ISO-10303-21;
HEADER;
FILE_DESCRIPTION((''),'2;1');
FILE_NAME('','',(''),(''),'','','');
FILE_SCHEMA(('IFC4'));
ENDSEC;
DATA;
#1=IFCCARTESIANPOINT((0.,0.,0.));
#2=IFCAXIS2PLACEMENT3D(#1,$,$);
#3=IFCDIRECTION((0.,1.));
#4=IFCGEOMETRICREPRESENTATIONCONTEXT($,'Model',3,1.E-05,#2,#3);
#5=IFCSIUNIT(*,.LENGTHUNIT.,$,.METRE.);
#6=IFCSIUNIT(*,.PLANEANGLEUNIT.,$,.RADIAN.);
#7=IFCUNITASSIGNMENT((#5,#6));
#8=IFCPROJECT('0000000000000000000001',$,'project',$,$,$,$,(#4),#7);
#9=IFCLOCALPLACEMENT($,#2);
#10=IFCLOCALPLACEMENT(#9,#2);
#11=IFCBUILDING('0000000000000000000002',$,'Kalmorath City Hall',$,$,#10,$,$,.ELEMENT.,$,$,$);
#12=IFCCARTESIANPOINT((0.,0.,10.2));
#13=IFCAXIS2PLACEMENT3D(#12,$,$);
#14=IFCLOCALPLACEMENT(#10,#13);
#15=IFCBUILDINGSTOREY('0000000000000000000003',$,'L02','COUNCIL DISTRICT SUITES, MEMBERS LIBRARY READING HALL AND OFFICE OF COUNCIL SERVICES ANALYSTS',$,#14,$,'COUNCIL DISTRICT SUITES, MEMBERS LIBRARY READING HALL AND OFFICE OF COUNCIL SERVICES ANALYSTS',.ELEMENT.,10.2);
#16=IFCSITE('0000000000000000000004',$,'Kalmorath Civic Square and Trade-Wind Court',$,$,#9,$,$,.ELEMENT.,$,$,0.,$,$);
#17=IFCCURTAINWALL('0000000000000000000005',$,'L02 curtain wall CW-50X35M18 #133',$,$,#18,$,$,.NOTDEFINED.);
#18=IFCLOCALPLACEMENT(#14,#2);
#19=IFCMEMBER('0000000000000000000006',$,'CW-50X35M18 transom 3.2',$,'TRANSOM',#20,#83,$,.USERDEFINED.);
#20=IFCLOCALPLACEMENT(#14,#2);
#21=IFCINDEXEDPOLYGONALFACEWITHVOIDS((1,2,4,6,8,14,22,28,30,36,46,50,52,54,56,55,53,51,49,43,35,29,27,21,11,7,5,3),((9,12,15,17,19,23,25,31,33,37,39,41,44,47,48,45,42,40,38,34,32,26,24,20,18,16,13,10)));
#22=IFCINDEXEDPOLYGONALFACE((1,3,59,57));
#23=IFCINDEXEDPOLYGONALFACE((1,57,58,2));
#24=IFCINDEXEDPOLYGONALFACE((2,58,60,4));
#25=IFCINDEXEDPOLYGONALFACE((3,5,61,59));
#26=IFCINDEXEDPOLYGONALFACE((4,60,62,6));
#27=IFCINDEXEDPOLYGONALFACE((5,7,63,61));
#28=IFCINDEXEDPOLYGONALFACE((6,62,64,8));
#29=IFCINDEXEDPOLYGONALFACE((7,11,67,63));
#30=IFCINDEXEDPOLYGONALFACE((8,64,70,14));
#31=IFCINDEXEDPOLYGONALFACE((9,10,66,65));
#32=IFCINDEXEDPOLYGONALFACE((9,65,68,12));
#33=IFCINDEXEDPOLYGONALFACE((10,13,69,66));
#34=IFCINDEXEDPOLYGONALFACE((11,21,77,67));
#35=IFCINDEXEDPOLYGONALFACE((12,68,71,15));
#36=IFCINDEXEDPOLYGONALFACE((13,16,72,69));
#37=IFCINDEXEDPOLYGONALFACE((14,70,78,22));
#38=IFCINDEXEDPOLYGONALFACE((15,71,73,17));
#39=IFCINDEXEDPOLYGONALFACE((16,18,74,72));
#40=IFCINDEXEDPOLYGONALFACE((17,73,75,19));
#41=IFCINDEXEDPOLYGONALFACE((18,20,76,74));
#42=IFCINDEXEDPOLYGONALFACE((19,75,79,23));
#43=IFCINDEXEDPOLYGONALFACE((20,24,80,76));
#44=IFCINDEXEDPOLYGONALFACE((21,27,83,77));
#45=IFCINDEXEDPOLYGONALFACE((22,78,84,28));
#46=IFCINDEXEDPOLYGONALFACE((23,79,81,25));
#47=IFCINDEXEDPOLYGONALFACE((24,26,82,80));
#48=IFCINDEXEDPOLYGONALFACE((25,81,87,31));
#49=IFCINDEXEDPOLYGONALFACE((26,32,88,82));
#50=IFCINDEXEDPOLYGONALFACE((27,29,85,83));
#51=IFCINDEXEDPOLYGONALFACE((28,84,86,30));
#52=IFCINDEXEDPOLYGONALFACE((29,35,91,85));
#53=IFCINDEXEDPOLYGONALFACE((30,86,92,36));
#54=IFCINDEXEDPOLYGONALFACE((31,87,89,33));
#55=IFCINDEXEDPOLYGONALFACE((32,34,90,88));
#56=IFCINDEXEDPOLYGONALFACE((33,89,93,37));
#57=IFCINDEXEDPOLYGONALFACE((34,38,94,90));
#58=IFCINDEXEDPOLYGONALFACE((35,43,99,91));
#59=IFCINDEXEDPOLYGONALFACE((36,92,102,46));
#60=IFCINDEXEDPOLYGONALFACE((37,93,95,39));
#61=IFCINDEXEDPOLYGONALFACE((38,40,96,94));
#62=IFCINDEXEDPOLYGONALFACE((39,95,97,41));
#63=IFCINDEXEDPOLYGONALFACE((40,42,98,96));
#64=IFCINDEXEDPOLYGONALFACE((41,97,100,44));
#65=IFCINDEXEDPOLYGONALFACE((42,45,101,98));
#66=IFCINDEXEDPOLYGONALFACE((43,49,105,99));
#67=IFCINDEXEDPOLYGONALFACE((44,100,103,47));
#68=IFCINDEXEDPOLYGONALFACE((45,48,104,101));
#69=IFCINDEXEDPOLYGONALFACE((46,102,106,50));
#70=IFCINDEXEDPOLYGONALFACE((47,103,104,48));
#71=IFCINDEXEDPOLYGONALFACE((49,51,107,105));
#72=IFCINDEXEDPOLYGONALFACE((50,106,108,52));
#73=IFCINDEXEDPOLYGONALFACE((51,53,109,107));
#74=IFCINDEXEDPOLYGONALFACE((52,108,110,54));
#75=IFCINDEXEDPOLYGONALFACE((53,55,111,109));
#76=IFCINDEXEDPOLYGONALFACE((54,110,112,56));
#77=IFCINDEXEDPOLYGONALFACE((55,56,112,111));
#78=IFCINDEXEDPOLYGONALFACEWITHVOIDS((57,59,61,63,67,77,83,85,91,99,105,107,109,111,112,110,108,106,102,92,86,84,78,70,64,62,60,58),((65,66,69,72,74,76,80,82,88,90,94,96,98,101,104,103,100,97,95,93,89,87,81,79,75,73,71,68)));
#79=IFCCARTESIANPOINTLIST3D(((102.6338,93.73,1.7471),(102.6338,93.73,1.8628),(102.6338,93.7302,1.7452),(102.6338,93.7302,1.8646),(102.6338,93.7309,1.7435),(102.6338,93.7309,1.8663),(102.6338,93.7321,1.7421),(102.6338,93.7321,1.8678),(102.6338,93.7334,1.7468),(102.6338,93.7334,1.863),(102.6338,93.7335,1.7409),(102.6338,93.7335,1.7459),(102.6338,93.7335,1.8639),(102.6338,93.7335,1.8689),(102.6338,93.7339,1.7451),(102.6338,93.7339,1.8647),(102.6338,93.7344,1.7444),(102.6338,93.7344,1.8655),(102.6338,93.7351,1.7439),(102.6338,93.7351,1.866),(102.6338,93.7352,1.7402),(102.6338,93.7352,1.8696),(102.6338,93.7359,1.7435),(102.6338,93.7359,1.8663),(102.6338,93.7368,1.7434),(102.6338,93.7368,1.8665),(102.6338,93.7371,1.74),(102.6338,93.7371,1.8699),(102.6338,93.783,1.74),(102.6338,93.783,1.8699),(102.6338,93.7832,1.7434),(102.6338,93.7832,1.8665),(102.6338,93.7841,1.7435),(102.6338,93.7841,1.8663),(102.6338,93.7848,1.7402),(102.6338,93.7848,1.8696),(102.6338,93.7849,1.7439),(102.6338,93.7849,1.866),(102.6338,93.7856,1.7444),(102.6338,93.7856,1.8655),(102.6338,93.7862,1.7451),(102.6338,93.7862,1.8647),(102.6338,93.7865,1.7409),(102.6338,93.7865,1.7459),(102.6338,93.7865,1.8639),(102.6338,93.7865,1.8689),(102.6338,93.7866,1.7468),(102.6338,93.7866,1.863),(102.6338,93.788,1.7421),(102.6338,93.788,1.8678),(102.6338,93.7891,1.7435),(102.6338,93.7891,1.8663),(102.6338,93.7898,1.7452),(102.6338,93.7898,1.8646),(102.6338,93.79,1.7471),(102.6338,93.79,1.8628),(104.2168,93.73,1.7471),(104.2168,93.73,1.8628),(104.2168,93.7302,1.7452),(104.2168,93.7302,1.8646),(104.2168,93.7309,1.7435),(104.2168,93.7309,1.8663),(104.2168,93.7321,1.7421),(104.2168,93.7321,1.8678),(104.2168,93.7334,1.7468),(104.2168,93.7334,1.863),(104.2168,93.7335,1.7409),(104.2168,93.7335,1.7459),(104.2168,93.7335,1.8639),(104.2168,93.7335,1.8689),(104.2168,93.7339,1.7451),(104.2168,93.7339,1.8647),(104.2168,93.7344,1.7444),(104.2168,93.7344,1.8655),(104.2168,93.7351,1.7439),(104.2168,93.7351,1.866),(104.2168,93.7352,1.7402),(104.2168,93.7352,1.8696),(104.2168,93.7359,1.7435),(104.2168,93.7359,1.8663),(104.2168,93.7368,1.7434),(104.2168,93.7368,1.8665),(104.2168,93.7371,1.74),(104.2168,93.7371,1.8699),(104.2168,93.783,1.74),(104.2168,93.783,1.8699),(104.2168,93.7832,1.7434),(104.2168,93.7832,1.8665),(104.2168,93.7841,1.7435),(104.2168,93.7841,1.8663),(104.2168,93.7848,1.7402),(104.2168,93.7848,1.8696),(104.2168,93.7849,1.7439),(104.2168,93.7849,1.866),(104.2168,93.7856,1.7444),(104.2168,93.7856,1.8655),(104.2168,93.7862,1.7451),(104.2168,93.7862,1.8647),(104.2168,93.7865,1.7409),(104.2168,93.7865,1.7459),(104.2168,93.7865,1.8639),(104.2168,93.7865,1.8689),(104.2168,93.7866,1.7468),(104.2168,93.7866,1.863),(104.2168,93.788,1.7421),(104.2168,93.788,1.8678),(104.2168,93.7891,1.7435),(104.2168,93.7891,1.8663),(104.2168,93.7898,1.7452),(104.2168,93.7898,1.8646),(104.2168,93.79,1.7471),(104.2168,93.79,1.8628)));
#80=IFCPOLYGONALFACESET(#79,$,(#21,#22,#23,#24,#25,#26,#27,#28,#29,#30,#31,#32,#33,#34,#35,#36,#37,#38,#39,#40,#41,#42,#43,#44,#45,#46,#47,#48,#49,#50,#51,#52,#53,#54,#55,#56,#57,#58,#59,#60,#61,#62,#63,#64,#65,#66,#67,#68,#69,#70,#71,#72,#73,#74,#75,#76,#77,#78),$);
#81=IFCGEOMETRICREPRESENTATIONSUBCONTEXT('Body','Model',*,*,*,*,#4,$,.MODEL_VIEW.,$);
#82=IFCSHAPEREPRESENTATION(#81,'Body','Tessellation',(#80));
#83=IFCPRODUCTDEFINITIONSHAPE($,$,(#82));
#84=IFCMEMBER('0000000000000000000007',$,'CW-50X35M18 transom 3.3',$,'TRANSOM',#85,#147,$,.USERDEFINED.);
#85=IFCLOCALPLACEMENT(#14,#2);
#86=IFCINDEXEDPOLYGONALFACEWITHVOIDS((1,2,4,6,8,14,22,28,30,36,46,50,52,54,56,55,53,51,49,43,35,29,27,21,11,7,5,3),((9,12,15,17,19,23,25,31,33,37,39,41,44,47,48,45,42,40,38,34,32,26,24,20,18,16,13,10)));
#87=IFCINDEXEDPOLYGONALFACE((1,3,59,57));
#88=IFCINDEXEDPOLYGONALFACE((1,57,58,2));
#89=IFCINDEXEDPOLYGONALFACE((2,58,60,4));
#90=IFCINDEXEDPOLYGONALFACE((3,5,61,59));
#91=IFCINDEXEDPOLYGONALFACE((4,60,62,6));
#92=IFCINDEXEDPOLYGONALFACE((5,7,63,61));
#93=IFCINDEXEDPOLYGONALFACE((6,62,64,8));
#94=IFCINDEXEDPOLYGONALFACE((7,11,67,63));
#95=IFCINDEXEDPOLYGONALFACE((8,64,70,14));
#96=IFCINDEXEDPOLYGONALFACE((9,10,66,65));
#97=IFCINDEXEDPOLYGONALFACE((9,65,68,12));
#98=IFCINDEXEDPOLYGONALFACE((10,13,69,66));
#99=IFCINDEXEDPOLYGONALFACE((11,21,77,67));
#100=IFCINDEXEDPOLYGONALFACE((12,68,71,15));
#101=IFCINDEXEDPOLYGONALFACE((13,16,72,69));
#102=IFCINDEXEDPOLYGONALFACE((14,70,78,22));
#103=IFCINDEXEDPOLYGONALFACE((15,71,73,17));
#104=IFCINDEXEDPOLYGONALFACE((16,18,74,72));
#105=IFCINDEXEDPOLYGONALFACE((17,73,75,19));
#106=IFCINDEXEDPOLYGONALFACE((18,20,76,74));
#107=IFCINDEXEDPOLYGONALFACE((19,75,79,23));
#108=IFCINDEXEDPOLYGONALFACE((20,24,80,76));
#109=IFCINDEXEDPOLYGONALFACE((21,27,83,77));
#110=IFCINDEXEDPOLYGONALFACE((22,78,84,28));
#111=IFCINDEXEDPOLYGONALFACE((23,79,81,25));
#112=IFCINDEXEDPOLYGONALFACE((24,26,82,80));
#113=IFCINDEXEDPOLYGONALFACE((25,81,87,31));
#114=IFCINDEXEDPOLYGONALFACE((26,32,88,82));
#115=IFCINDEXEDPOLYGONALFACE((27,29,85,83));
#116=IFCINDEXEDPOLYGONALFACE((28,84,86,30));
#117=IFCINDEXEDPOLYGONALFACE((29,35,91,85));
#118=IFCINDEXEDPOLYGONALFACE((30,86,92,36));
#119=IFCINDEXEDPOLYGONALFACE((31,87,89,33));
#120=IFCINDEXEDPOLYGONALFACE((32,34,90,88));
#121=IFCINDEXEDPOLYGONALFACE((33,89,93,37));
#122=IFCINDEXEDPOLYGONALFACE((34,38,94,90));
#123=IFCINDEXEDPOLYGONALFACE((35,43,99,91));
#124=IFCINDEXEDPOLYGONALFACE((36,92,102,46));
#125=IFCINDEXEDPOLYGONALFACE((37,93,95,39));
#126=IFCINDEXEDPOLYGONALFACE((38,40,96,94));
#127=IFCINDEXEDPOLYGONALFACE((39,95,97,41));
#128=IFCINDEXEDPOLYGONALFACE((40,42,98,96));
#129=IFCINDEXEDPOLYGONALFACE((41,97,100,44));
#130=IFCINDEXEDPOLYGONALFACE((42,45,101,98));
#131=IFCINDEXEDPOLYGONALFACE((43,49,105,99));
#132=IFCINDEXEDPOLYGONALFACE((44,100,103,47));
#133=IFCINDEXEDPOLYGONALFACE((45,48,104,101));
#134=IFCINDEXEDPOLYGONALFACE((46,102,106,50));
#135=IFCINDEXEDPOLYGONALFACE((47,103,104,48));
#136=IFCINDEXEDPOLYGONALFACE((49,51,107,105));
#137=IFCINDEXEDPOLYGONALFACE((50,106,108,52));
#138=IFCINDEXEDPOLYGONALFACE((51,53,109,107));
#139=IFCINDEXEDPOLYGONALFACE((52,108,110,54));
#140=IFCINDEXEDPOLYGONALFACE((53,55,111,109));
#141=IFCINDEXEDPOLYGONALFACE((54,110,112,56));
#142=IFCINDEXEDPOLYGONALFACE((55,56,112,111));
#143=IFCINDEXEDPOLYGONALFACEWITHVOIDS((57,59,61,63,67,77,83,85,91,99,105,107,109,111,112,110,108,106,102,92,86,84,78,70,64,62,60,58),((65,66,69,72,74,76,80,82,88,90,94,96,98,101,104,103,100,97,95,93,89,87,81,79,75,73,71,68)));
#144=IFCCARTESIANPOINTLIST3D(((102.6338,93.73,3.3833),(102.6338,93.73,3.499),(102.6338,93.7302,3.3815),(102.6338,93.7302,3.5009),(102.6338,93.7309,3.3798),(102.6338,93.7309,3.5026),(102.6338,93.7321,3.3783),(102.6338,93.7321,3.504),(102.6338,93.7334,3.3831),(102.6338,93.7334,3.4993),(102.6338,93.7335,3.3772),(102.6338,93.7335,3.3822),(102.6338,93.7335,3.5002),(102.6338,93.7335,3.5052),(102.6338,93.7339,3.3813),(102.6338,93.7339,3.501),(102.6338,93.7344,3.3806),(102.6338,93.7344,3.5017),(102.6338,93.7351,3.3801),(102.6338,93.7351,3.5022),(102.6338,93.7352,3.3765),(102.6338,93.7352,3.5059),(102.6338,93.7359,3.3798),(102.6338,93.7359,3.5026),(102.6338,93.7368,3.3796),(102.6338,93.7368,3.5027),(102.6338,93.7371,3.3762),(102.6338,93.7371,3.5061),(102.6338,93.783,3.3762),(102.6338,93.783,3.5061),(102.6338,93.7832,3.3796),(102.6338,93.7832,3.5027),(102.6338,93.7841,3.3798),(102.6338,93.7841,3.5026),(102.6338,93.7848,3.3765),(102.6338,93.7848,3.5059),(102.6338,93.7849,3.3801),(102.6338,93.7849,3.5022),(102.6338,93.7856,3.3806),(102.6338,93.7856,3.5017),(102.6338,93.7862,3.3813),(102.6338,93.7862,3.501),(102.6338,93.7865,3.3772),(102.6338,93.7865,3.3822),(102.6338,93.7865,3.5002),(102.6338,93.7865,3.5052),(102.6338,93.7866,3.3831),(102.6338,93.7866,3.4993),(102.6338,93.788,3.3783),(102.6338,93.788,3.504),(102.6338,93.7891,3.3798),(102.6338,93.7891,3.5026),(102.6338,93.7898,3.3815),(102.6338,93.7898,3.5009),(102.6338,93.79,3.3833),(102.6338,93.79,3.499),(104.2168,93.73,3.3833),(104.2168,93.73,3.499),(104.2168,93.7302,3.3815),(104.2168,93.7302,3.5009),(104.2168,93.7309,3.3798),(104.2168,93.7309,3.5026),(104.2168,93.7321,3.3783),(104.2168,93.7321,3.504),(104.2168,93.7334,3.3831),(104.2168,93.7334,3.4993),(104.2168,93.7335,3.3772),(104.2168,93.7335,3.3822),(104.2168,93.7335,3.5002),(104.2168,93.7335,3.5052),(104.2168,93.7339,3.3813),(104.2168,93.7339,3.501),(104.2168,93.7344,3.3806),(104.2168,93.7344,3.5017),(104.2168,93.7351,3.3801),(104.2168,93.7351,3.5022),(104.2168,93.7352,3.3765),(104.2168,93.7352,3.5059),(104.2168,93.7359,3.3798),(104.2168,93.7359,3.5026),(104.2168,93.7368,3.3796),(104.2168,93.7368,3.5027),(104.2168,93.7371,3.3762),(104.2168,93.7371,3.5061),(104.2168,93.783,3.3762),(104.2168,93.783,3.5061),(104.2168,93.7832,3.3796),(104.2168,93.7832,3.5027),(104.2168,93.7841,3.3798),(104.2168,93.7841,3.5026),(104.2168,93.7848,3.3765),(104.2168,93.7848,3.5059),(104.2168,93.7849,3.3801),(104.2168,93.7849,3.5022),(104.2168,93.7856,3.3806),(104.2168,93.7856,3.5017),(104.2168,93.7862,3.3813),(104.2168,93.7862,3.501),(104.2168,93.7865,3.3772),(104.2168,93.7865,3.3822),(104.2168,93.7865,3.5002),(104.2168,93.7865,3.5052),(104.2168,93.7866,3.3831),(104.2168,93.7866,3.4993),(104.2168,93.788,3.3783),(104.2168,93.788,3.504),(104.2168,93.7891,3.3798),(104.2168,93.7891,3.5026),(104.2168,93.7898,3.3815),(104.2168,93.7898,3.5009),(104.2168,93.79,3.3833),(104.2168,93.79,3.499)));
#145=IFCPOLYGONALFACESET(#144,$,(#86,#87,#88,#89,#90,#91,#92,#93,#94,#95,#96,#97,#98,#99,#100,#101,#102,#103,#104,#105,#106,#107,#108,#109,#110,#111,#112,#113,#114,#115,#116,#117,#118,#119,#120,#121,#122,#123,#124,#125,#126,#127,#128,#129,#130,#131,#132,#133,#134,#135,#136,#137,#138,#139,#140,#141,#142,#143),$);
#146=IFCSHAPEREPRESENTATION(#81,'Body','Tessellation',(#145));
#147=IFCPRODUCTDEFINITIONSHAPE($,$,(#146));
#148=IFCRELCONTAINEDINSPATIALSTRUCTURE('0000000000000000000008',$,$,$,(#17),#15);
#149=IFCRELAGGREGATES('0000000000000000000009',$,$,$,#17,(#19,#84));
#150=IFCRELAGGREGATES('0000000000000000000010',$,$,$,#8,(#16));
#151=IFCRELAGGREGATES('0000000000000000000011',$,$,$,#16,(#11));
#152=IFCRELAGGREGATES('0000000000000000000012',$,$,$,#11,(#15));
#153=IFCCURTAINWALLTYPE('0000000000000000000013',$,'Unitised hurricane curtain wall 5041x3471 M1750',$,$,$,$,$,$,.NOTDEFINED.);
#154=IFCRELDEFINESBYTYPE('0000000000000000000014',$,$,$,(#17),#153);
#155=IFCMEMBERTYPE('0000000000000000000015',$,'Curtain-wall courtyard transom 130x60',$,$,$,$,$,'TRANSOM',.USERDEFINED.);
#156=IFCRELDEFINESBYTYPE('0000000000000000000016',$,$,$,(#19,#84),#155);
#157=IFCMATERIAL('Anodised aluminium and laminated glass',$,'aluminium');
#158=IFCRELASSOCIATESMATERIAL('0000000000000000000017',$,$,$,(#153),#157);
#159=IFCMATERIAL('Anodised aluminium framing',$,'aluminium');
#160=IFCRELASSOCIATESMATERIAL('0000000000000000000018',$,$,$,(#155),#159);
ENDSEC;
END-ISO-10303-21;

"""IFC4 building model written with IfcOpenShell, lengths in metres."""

from ifc_helpers import new_model, si_unit, direction, frame, origin, origin_2d, place, context, subcontext, project, spatial, hollow_rectangle, extrude, material, material_profile, profile_set, type_object, element, aggregate, save


model = new_model("IFC4")

# Units and contexts
model_context = context("Model", 3, precision=1e-05, world=origin(), true_north=direction((0.0, 1.0)))
body_context = subcontext(model_context, "Body", "Model", "MODEL_VIEW")
ifc_project = project(units=[si_unit("LENGTHUNIT", "METRE"), si_unit("PLANEANGLEUNIT", "RADIAN")], contexts=[model_context])

# Site, building, storey
site_placement = place(None, origin())
site = spatial("IfcSite", under=ifc_project, at=site_placement, Name="Kalmorath Civic Square and Trade-Wind Court", CompositionType="ELEMENT", RefElevation=0.0)
building_placement = place(site_placement, origin())
building = spatial("IfcBuilding", under=site, at=building_placement, Name="Kalmorath City Hall", CompositionType="ELEMENT")
storey_placement = place(building_placement, frame((0.0, 0.0, 10.2)))
storey = spatial("IfcBuildingStorey", under=building, at=storey_placement, Name="L02", Description="COUNCIL DISTRICT SUITES, MEMBERS LIBRARY READING HALL AND OFFICE OF COUNCIL SERVICES ANALYSTS", LongName="COUNCIL DISTRICT SUITES, MEMBERS LIBRARY READING HALL AND OFFICE OF COUNCIL SERVICES ANALYSTS", CompositionType="ELEMENT", Elevation=10.2)

# Curtain wall
ifc_material_1 = material(Name="Anodised aluminium and laminated glass", Category="aluminium")
curtain_wall_type_1 = type_object("IfcCurtainWallType", Name="Unitised hurricane curtain wall 5041x3471 M1750", PredefinedType="NOTDEFINED", material=ifc_material_1)
curtain_wall_1_placement = place(storey_placement, origin())
curtain_wall_1 = element("IfcCurtainWall", 1, at=curtain_wall_1_placement, inside=storey, type_object=curtain_wall_type_1, Name="L02 curtain wall CW-50X35M18 #133", PredefinedType="NOTDEFINED")
ifc_material_2 = material(Name="Anodised aluminium framing", Category="aluminium")
ifc_material_profile_1 = material_profile(ifc_material_2, hollow_rectangle(XDim=0.0601, YDim=0.1299, WallThickness=0.0034, InnerFilletRadius=0.0034, OuterFilletRadius=0.0071, at=origin_2d()), Name="ALU-TRN-130X60X3.5")
ifc_profile_set_1 = profile_set([ifc_material_profile_1], Name="Anodised aluminium framing")
member_type_1 = type_object("IfcMemberType", Name="Curtain-wall courtyard transom 130x60", ElementType="TRANSOM", PredefinedType="USERDEFINED", material=ifc_profile_set_1)

# Members
member_1_placement = place(storey_placement, frame((104.2168, 93.76, 1.8049), z_axis=(-1.0, 0.0, 0.0), x_axis=(0.0, -1.0, 0.0)))
member_1 = element("IfcMember", 2, at=member_1_placement, type_object=member_type_1, Name="CW-50X35M18 transom 3.2", ObjectType="TRANSOM", PredefinedType="USERDEFINED", context=body_context, shape_type="SweptSolid", body=[
    extrude(hollow_rectangle(XDim=0.0601, YDim=0.1299, WallThickness=0.0034, InnerFilletRadius=0.0034, OuterFilletRadius=0.0071, at=origin_2d()), origin(), (0.0, 0.0, 1.0), 1.583),
])
member_2_placement = place(storey_placement, frame((104.2168, 93.76, 3.4412), z_axis=(-1.0, 0.0, 0.0), x_axis=(0.0, -1.0, 0.0)))
member_2 = element("IfcMember", 3, at=member_2_placement, type_object=member_type_1, Name="CW-50X35M18 transom 3.3", ObjectType="TRANSOM", PredefinedType="USERDEFINED", context=body_context, shape_type="SweptSolid", body=[
    extrude(hollow_rectangle(XDim=0.0601, YDim=0.1299, WallThickness=0.0034, InnerFilletRadius=0.0034, OuterFilletRadius=0.0071, at=origin_2d()), origin(), (0.0, 0.0, 1.0), 1.583),
])

aggregate(curtain_wall_1, [member_1, member_2])

save(model, "model.ifc")
